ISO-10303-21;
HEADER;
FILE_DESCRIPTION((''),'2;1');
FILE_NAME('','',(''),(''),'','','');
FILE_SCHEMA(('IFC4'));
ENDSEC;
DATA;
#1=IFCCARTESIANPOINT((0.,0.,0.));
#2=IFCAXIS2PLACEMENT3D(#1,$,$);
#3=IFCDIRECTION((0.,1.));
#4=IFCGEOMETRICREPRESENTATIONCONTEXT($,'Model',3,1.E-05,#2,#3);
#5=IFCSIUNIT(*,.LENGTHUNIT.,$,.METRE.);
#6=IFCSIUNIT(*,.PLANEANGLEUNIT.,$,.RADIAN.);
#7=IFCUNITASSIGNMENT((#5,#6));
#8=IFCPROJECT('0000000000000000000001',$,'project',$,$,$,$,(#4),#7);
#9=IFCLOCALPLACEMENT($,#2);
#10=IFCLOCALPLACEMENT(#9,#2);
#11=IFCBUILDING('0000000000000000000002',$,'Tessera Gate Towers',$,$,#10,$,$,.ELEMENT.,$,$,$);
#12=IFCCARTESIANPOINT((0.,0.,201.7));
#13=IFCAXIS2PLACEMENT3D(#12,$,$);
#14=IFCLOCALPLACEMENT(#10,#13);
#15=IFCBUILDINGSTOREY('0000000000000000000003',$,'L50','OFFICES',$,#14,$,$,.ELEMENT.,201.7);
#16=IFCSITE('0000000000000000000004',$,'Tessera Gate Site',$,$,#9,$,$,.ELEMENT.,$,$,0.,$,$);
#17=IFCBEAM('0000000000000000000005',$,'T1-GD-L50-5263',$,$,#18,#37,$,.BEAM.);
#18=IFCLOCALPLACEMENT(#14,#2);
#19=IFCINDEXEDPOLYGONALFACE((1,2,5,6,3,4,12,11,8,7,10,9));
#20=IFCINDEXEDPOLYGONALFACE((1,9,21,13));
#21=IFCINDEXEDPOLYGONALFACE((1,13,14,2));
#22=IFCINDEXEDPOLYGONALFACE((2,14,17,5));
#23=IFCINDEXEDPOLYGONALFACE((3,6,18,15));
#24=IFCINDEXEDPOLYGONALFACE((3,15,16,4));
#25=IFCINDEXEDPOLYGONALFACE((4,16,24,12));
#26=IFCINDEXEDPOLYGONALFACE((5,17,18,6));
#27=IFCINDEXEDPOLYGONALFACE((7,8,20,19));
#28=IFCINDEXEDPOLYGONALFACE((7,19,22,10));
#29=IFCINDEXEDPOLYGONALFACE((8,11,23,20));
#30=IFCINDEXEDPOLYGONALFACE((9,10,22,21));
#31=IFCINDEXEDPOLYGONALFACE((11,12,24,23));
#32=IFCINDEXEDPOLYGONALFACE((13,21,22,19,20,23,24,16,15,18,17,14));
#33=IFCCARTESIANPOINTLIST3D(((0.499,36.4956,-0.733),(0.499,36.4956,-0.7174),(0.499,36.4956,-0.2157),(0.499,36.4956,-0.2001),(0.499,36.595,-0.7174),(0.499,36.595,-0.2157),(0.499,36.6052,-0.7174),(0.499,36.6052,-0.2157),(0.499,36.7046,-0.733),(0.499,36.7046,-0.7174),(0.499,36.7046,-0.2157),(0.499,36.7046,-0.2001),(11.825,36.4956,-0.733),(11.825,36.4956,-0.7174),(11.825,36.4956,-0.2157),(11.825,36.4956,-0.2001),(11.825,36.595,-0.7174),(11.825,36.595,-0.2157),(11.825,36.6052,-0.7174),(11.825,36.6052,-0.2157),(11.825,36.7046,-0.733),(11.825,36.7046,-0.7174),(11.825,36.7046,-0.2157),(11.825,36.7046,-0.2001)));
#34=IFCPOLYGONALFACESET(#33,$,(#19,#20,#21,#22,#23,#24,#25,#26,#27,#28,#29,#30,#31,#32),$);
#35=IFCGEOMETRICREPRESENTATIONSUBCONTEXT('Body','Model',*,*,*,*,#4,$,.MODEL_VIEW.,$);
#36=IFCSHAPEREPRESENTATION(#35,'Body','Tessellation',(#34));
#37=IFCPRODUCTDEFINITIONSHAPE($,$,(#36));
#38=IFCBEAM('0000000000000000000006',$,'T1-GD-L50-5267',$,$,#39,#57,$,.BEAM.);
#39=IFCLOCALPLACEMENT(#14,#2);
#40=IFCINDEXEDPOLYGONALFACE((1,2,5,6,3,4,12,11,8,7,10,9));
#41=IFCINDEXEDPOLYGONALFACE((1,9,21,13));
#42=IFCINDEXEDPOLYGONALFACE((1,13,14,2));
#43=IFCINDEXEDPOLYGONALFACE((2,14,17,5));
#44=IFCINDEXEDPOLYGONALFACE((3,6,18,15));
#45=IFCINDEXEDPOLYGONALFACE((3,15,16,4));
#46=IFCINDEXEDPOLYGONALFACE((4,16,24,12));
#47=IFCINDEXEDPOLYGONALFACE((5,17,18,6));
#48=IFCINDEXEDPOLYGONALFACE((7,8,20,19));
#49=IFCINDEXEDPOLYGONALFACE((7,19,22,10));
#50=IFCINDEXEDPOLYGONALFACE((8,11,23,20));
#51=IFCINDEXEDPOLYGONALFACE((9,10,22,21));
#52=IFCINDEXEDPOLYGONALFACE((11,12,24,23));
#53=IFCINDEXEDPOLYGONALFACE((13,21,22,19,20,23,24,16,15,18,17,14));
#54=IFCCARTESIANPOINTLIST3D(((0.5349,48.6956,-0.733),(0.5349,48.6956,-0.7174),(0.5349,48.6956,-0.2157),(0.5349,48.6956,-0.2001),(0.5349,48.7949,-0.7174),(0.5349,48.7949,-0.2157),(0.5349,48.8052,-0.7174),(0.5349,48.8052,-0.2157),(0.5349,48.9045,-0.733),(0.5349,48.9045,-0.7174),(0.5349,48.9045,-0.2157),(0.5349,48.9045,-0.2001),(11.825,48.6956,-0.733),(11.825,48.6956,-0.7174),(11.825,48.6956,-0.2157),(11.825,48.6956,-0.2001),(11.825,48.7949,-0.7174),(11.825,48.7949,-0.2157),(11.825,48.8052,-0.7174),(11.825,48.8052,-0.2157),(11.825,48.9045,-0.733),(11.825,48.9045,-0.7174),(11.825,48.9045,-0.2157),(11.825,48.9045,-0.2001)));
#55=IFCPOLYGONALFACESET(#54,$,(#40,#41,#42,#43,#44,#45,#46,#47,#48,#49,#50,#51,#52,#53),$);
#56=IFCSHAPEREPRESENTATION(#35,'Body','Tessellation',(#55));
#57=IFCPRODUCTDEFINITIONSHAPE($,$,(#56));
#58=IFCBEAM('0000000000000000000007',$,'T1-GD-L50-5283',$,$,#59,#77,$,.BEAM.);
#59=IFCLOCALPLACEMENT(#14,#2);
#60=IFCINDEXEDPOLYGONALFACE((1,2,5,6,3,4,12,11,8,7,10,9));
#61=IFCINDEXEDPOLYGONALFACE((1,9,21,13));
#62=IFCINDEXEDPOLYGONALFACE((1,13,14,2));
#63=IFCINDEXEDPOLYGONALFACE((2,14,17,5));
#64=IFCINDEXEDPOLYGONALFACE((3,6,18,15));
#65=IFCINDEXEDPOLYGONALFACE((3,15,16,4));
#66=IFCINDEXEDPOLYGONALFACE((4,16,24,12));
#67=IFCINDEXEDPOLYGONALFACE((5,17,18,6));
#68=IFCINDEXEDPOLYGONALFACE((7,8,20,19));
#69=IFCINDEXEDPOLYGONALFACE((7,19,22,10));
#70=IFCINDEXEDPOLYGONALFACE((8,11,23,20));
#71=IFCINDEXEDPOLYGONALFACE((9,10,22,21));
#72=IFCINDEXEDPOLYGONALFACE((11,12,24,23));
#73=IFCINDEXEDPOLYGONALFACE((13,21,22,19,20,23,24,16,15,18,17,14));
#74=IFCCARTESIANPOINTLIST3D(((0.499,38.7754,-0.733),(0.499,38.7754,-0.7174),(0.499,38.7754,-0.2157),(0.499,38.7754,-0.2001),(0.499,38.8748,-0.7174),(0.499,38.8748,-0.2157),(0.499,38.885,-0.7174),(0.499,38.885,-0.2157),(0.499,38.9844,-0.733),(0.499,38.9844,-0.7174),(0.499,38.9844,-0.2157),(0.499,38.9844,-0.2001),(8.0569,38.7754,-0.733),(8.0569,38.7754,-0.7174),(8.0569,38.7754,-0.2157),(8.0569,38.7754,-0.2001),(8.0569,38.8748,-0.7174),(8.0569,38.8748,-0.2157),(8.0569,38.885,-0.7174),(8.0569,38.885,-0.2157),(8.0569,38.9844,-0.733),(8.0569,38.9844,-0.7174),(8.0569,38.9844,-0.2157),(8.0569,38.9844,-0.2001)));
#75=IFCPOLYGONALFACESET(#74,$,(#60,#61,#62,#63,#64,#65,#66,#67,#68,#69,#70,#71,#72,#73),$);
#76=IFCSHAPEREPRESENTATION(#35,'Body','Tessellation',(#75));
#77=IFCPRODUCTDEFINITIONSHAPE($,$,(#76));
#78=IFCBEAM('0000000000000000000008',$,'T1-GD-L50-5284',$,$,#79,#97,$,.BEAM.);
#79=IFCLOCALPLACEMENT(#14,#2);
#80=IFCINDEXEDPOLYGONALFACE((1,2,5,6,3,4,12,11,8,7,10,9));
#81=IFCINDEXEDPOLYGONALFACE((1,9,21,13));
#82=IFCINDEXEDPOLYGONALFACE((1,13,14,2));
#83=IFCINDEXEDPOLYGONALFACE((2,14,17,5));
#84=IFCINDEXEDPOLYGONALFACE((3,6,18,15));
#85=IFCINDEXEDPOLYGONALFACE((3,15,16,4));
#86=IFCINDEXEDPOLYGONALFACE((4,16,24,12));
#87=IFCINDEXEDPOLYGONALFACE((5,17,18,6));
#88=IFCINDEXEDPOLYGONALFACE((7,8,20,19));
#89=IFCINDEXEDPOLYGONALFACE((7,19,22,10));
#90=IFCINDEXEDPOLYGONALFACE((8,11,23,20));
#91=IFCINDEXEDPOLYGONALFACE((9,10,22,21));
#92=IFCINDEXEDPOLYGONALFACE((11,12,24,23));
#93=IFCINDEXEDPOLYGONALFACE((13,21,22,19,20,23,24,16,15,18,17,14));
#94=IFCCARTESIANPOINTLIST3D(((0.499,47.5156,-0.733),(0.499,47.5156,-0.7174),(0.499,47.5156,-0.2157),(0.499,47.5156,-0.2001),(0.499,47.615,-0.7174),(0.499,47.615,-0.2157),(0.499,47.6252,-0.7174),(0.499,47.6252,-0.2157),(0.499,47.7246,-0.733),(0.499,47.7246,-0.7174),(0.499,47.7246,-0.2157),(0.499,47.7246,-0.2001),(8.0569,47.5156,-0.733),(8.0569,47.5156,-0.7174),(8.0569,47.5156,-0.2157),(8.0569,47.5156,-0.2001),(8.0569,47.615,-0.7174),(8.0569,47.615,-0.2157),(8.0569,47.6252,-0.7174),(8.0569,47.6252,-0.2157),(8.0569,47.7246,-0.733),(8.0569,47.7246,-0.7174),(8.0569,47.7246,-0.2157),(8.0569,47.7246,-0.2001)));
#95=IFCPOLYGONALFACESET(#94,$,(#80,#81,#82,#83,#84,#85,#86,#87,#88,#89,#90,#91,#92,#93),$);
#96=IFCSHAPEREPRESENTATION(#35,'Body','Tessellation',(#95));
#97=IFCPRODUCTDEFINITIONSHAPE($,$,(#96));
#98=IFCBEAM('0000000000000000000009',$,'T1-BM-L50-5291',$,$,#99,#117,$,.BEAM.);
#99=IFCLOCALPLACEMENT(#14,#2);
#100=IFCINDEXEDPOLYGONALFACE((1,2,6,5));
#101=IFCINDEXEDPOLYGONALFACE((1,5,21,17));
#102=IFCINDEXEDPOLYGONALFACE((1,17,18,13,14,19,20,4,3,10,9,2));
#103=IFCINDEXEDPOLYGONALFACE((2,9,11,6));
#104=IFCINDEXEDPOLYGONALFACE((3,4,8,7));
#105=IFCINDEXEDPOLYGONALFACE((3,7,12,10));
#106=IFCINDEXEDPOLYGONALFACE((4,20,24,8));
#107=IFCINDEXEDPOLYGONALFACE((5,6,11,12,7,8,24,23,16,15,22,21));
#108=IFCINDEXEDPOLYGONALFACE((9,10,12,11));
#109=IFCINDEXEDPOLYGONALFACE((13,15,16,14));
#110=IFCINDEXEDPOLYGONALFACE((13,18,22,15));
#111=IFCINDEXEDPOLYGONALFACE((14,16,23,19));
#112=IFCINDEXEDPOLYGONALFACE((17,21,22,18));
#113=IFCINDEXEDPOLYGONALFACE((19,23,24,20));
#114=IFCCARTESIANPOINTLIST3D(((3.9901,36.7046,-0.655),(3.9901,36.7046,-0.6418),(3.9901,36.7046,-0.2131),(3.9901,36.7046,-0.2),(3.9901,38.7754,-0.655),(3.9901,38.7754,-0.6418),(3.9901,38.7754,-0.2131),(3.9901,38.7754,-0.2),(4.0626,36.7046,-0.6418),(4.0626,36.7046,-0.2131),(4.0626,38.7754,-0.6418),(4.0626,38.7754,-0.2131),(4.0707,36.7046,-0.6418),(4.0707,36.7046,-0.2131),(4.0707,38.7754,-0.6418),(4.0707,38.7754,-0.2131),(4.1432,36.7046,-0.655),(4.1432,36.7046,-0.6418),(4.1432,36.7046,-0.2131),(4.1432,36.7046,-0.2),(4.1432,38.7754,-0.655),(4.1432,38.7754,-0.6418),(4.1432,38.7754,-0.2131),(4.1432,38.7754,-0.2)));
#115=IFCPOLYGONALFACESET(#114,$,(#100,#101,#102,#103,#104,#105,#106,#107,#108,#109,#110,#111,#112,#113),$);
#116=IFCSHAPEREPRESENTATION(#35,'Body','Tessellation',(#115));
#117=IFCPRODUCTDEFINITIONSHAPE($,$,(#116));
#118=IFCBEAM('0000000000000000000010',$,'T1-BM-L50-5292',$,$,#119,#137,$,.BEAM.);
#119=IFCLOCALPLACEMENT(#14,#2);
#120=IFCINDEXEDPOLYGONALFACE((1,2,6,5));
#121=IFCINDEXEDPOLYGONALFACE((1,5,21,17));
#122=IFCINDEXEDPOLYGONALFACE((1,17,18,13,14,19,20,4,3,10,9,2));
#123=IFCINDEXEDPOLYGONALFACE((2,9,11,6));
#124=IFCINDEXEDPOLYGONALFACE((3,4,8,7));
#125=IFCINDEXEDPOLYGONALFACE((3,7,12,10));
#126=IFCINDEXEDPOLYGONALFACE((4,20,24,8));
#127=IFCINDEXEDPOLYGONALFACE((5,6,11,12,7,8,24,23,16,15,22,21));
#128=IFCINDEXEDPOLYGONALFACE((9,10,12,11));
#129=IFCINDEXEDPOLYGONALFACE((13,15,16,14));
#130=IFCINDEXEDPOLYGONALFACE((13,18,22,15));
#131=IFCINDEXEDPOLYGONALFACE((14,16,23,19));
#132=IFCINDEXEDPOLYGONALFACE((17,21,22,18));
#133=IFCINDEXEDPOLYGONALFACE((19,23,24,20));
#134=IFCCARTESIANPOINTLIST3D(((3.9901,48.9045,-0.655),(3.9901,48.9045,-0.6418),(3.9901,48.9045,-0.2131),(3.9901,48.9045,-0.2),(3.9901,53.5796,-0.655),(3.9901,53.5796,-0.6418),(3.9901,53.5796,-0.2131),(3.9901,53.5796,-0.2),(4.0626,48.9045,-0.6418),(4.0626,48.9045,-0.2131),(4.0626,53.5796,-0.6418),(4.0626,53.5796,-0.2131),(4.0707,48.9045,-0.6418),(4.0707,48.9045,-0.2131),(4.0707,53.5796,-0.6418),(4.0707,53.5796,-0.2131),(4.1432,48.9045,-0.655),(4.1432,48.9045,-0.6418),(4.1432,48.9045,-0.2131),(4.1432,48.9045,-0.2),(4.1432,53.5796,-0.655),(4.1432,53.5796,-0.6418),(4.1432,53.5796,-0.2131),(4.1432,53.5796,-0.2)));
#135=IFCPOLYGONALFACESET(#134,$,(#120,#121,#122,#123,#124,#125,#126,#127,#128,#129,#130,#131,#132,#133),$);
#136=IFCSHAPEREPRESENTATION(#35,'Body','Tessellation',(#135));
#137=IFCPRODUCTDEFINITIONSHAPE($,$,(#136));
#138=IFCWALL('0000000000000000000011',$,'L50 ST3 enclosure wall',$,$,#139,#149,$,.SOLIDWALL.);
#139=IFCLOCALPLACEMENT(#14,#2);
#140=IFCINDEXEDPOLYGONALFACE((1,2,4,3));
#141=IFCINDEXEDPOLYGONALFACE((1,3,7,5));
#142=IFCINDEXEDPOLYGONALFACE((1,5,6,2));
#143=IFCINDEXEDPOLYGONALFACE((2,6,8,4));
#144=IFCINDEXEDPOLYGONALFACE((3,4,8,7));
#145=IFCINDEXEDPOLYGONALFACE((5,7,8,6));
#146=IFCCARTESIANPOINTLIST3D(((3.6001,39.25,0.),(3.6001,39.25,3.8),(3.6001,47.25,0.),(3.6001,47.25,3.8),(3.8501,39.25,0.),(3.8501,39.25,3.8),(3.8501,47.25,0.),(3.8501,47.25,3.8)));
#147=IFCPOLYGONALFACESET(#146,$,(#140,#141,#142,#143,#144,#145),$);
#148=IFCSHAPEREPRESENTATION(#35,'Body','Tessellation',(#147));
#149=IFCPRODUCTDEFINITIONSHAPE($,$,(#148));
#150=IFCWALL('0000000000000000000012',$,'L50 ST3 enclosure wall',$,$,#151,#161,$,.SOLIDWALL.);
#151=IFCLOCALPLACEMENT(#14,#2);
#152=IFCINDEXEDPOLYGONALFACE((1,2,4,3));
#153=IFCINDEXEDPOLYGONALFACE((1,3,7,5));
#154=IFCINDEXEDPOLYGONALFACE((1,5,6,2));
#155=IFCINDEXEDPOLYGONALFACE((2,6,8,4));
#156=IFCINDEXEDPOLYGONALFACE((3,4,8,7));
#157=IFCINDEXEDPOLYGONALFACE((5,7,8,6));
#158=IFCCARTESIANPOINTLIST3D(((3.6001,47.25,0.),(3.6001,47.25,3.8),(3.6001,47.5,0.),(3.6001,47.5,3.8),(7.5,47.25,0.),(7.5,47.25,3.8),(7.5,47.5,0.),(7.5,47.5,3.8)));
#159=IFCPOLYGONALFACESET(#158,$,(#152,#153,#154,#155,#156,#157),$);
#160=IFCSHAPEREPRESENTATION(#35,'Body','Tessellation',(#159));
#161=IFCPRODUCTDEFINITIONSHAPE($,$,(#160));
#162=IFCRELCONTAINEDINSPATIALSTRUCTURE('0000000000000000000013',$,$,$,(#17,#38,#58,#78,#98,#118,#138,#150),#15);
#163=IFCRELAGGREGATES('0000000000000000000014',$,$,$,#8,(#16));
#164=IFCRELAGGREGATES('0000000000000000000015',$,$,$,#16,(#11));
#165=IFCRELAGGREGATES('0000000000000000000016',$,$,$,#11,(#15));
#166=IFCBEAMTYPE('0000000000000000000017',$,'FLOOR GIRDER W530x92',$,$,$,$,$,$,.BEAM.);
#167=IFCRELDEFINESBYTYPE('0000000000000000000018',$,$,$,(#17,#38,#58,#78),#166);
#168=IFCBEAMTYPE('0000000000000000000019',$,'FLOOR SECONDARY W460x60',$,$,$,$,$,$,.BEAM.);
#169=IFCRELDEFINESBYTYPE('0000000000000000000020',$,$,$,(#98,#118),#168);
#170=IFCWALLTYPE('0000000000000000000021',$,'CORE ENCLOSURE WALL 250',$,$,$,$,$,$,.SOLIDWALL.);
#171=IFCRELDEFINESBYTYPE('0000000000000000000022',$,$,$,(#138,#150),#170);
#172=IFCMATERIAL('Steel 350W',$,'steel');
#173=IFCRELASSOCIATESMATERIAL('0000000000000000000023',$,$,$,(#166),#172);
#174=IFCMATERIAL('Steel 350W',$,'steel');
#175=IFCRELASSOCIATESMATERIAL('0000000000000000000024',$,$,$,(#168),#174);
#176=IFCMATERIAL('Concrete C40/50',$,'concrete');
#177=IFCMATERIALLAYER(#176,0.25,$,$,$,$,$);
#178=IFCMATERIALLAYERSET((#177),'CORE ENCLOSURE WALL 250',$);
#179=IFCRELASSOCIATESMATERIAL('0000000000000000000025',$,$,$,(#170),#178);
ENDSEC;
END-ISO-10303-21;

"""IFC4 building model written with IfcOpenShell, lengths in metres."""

from ifc_helpers import new_model, si_unit, direction, frame, frame_2d, origin, origin_2d, place, context, subcontext, project, spatial, rectangle, i_section, extrude, material, layer, layer_set, material_profile, profile_set, type_object, element, save


model = new_model("IFC4")

# Units and contexts
model_context = context("Model", 3, precision=1e-05, world=origin(), true_north=direction((0.0, 1.0)))
body_context = subcontext(model_context, "Body", "Model", "MODEL_VIEW")
ifc_project = project(units=[si_unit("LENGTHUNIT", "METRE"), si_unit("PLANEANGLEUNIT", "RADIAN")], contexts=[model_context])

# Site, building, storey
site_placement = place(None, origin())
site = spatial("IfcSite", under=ifc_project, at=site_placement, Name="Tessera Gate Site", CompositionType="ELEMENT", RefElevation=0.0)
building_placement = place(site_placement, origin())
building = spatial("IfcBuilding", under=site, at=building_placement, Name="Tessera Gate Towers", CompositionType="ELEMENT")
storey_placement = place(building_placement, frame((0.0, 0.0, 201.7)))
storey = spatial("IfcBuildingStorey", under=building, at=storey_placement, Name="L50", Description="OFFICES", CompositionType="ELEMENT", Elevation=201.7)

# Beams
ifc_material_1 = material(Name="Steel 350W", Category="steel")
ifc_material_profile_1 = material_profile(ifc_material_1, i_section(OverallWidth=0.209, OverallDepth=0.533, WebThickness=0.0103, FlangeThickness=0.0156, at=origin_2d()), Name="W530x92")
ifc_profile_set_1 = profile_set([ifc_material_profile_1], Name="Steel 350W")
beam_type_1 = type_object("IfcBeamType", Name="FLOOR GIRDER W530x92", PredefinedType="BEAM", material=ifc_profile_set_1)
beam_1_placement = place(storey_placement, frame((0.499, 36.6001, -0.4666), z_axis=(1.0, 0.0, 0.0), x_axis=(0.0, 1.0, 0.0)))
element("IfcBeam", 1, at=beam_1_placement, inside=storey, type_object=beam_type_1, Name="T1-GD-L50-5263", PredefinedType="BEAM", context=body_context, shape_type="SweptSolid", body=[
    extrude(i_section(OverallWidth=0.209, OverallDepth=0.533, WebThickness=0.0103, FlangeThickness=0.0156, at=origin_2d()), origin(), (0.0, 0.0, 1.0), 11.3259),
])
beam_2_placement = place(storey_placement, frame((0.5349, 48.8, -0.4666), z_axis=(1.0, 0.0, 0.0), x_axis=(0.0, 1.0, 0.0)))
element("IfcBeam", 2, at=beam_2_placement, inside=storey, type_object=beam_type_1, Name="T1-GD-L50-5267", PredefinedType="BEAM", context=body_context, shape_type="SweptSolid", body=[
    extrude(i_section(OverallWidth=0.209, OverallDepth=0.533, WebThickness=0.0103, FlangeThickness=0.0156, at=origin_2d()), origin(), (0.0, 0.0, 1.0), 11.29),
])
for number, where, z_axis, x_axis, name in (
    (3, (0.499, 38.8799, -0.4666), (1.0, 0.0, 0.0), (0.0, 1.0, 0.0), "T1-GD-L50-5283"),
    (4, (0.499, 47.6201, -0.4666), (1.0, 0.0, 0.0), (0.0, 1.0, 0.0), "T1-GD-L50-5284"),
):
    element("IfcBeam", number, at=place(storey_placement, frame(where, z_axis=z_axis, x_axis=x_axis)), inside=storey, type_object=beam_type_1, Name=name, PredefinedType="BEAM", context=body_context, shape_type="SweptSolid", body=[
        extrude(i_section(OverallWidth=0.209, OverallDepth=0.533, WebThickness=0.0103, FlangeThickness=0.0156, at=origin_2d()), origin(), (0.0, 0.0, 1.0), 7.5579),
    ])
ifc_material_2 = material(Name="Steel 350W", Category="steel")
ifc_material_profile_2 = material_profile(ifc_material_2, i_section(OverallWidth=0.1531, OverallDepth=0.4551, WebThickness=0.0081, FlangeThickness=0.0132, at=origin_2d()), Name="W460x60")
ifc_profile_set_2 = profile_set([ifc_material_profile_2], Name="Steel 350W")
beam_type_2 = type_object("IfcBeamType", Name="FLOOR SECONDARY W460x60", PredefinedType="BEAM", material=ifc_profile_set_2)
beam_3_placement = place(storey_placement, frame((4.0667, 36.7046, -0.4275), z_axis=(0.0, 1.0, 0.0), x_axis=(-1.0, 0.0, 0.0)))
element("IfcBeam", 5, at=beam_3_placement, inside=storey, type_object=beam_type_2, Name="T1-BM-L50-5291", PredefinedType="BEAM", context=body_context, shape_type="SweptSolid", body=[
    extrude(i_section(OverallWidth=0.1531, OverallDepth=0.4551, WebThickness=0.0081, FlangeThickness=0.0132, at=origin_2d()), origin(), (0.0, 0.0, 1.0), 2.0708),
])
beam_4_placement = place(storey_placement, frame((4.0667, 48.9045, -0.4275), z_axis=(0.0, 1.0, 0.0), x_axis=(-1.0, 0.0, 0.0)))
element("IfcBeam", 6, at=beam_4_placement, inside=storey, type_object=beam_type_2, Name="T1-BM-L50-5292", PredefinedType="BEAM", context=body_context, shape_type="SweptSolid", body=[
    extrude(i_section(OverallWidth=0.1531, OverallDepth=0.4551, WebThickness=0.0081, FlangeThickness=0.0132, at=origin_2d()), origin(), (0.0, 0.0, 1.0), 4.675),
])

# Walls
ifc_material_3 = material(Name="Concrete C40/50", Category="concrete")
ifc_layer_1 = layer(ifc_material_3, 0.25)
ifc_layer_set_1 = layer_set([ifc_layer_1], Name="CORE ENCLOSURE WALL 250")
wall_type_1 = type_object("IfcWallType", Name="CORE ENCLOSURE WALL 250", PredefinedType="SOLIDWALL", material=ifc_layer_set_1)
wall_1_placement = place(storey_placement, frame((3.7251, 39.25, 0.0), z_axis=(0.0, 0.0, 1.0), x_axis=(0.0, 1.0, 0.0)))
element("IfcWall", 7, at=wall_1_placement, inside=storey, type_object=wall_type_1, Name="L50 ST3 enclosure wall", PredefinedType="SOLIDWALL", context=body_context, shape_type="SweptSolid", body=[
    extrude(rectangle(XDim=8.0, YDim=0.25, at=frame_2d((4.0, 0.0))), origin(), (0.0, 0.0, 1.0), 3.8),
])
wall_2_placement = place(storey_placement, frame((3.6001, 47.375, 0.0), z_axis=(0.0, 0.0, 1.0), x_axis=(1.0, 0.0, 0.0)))
element("IfcWall", 8, at=wall_2_placement, inside=storey, type_object=wall_type_1, Name="L50 ST3 enclosure wall", PredefinedType="SOLIDWALL", context=body_context, shape_type="SweptSolid", body=[
    extrude(rectangle(XDim=3.8999, YDim=0.25, at=frame_2d((1.95, 0.0))), origin(), (0.0, 0.0, 1.0), 3.8),
])

save(model, "model.ifc")
